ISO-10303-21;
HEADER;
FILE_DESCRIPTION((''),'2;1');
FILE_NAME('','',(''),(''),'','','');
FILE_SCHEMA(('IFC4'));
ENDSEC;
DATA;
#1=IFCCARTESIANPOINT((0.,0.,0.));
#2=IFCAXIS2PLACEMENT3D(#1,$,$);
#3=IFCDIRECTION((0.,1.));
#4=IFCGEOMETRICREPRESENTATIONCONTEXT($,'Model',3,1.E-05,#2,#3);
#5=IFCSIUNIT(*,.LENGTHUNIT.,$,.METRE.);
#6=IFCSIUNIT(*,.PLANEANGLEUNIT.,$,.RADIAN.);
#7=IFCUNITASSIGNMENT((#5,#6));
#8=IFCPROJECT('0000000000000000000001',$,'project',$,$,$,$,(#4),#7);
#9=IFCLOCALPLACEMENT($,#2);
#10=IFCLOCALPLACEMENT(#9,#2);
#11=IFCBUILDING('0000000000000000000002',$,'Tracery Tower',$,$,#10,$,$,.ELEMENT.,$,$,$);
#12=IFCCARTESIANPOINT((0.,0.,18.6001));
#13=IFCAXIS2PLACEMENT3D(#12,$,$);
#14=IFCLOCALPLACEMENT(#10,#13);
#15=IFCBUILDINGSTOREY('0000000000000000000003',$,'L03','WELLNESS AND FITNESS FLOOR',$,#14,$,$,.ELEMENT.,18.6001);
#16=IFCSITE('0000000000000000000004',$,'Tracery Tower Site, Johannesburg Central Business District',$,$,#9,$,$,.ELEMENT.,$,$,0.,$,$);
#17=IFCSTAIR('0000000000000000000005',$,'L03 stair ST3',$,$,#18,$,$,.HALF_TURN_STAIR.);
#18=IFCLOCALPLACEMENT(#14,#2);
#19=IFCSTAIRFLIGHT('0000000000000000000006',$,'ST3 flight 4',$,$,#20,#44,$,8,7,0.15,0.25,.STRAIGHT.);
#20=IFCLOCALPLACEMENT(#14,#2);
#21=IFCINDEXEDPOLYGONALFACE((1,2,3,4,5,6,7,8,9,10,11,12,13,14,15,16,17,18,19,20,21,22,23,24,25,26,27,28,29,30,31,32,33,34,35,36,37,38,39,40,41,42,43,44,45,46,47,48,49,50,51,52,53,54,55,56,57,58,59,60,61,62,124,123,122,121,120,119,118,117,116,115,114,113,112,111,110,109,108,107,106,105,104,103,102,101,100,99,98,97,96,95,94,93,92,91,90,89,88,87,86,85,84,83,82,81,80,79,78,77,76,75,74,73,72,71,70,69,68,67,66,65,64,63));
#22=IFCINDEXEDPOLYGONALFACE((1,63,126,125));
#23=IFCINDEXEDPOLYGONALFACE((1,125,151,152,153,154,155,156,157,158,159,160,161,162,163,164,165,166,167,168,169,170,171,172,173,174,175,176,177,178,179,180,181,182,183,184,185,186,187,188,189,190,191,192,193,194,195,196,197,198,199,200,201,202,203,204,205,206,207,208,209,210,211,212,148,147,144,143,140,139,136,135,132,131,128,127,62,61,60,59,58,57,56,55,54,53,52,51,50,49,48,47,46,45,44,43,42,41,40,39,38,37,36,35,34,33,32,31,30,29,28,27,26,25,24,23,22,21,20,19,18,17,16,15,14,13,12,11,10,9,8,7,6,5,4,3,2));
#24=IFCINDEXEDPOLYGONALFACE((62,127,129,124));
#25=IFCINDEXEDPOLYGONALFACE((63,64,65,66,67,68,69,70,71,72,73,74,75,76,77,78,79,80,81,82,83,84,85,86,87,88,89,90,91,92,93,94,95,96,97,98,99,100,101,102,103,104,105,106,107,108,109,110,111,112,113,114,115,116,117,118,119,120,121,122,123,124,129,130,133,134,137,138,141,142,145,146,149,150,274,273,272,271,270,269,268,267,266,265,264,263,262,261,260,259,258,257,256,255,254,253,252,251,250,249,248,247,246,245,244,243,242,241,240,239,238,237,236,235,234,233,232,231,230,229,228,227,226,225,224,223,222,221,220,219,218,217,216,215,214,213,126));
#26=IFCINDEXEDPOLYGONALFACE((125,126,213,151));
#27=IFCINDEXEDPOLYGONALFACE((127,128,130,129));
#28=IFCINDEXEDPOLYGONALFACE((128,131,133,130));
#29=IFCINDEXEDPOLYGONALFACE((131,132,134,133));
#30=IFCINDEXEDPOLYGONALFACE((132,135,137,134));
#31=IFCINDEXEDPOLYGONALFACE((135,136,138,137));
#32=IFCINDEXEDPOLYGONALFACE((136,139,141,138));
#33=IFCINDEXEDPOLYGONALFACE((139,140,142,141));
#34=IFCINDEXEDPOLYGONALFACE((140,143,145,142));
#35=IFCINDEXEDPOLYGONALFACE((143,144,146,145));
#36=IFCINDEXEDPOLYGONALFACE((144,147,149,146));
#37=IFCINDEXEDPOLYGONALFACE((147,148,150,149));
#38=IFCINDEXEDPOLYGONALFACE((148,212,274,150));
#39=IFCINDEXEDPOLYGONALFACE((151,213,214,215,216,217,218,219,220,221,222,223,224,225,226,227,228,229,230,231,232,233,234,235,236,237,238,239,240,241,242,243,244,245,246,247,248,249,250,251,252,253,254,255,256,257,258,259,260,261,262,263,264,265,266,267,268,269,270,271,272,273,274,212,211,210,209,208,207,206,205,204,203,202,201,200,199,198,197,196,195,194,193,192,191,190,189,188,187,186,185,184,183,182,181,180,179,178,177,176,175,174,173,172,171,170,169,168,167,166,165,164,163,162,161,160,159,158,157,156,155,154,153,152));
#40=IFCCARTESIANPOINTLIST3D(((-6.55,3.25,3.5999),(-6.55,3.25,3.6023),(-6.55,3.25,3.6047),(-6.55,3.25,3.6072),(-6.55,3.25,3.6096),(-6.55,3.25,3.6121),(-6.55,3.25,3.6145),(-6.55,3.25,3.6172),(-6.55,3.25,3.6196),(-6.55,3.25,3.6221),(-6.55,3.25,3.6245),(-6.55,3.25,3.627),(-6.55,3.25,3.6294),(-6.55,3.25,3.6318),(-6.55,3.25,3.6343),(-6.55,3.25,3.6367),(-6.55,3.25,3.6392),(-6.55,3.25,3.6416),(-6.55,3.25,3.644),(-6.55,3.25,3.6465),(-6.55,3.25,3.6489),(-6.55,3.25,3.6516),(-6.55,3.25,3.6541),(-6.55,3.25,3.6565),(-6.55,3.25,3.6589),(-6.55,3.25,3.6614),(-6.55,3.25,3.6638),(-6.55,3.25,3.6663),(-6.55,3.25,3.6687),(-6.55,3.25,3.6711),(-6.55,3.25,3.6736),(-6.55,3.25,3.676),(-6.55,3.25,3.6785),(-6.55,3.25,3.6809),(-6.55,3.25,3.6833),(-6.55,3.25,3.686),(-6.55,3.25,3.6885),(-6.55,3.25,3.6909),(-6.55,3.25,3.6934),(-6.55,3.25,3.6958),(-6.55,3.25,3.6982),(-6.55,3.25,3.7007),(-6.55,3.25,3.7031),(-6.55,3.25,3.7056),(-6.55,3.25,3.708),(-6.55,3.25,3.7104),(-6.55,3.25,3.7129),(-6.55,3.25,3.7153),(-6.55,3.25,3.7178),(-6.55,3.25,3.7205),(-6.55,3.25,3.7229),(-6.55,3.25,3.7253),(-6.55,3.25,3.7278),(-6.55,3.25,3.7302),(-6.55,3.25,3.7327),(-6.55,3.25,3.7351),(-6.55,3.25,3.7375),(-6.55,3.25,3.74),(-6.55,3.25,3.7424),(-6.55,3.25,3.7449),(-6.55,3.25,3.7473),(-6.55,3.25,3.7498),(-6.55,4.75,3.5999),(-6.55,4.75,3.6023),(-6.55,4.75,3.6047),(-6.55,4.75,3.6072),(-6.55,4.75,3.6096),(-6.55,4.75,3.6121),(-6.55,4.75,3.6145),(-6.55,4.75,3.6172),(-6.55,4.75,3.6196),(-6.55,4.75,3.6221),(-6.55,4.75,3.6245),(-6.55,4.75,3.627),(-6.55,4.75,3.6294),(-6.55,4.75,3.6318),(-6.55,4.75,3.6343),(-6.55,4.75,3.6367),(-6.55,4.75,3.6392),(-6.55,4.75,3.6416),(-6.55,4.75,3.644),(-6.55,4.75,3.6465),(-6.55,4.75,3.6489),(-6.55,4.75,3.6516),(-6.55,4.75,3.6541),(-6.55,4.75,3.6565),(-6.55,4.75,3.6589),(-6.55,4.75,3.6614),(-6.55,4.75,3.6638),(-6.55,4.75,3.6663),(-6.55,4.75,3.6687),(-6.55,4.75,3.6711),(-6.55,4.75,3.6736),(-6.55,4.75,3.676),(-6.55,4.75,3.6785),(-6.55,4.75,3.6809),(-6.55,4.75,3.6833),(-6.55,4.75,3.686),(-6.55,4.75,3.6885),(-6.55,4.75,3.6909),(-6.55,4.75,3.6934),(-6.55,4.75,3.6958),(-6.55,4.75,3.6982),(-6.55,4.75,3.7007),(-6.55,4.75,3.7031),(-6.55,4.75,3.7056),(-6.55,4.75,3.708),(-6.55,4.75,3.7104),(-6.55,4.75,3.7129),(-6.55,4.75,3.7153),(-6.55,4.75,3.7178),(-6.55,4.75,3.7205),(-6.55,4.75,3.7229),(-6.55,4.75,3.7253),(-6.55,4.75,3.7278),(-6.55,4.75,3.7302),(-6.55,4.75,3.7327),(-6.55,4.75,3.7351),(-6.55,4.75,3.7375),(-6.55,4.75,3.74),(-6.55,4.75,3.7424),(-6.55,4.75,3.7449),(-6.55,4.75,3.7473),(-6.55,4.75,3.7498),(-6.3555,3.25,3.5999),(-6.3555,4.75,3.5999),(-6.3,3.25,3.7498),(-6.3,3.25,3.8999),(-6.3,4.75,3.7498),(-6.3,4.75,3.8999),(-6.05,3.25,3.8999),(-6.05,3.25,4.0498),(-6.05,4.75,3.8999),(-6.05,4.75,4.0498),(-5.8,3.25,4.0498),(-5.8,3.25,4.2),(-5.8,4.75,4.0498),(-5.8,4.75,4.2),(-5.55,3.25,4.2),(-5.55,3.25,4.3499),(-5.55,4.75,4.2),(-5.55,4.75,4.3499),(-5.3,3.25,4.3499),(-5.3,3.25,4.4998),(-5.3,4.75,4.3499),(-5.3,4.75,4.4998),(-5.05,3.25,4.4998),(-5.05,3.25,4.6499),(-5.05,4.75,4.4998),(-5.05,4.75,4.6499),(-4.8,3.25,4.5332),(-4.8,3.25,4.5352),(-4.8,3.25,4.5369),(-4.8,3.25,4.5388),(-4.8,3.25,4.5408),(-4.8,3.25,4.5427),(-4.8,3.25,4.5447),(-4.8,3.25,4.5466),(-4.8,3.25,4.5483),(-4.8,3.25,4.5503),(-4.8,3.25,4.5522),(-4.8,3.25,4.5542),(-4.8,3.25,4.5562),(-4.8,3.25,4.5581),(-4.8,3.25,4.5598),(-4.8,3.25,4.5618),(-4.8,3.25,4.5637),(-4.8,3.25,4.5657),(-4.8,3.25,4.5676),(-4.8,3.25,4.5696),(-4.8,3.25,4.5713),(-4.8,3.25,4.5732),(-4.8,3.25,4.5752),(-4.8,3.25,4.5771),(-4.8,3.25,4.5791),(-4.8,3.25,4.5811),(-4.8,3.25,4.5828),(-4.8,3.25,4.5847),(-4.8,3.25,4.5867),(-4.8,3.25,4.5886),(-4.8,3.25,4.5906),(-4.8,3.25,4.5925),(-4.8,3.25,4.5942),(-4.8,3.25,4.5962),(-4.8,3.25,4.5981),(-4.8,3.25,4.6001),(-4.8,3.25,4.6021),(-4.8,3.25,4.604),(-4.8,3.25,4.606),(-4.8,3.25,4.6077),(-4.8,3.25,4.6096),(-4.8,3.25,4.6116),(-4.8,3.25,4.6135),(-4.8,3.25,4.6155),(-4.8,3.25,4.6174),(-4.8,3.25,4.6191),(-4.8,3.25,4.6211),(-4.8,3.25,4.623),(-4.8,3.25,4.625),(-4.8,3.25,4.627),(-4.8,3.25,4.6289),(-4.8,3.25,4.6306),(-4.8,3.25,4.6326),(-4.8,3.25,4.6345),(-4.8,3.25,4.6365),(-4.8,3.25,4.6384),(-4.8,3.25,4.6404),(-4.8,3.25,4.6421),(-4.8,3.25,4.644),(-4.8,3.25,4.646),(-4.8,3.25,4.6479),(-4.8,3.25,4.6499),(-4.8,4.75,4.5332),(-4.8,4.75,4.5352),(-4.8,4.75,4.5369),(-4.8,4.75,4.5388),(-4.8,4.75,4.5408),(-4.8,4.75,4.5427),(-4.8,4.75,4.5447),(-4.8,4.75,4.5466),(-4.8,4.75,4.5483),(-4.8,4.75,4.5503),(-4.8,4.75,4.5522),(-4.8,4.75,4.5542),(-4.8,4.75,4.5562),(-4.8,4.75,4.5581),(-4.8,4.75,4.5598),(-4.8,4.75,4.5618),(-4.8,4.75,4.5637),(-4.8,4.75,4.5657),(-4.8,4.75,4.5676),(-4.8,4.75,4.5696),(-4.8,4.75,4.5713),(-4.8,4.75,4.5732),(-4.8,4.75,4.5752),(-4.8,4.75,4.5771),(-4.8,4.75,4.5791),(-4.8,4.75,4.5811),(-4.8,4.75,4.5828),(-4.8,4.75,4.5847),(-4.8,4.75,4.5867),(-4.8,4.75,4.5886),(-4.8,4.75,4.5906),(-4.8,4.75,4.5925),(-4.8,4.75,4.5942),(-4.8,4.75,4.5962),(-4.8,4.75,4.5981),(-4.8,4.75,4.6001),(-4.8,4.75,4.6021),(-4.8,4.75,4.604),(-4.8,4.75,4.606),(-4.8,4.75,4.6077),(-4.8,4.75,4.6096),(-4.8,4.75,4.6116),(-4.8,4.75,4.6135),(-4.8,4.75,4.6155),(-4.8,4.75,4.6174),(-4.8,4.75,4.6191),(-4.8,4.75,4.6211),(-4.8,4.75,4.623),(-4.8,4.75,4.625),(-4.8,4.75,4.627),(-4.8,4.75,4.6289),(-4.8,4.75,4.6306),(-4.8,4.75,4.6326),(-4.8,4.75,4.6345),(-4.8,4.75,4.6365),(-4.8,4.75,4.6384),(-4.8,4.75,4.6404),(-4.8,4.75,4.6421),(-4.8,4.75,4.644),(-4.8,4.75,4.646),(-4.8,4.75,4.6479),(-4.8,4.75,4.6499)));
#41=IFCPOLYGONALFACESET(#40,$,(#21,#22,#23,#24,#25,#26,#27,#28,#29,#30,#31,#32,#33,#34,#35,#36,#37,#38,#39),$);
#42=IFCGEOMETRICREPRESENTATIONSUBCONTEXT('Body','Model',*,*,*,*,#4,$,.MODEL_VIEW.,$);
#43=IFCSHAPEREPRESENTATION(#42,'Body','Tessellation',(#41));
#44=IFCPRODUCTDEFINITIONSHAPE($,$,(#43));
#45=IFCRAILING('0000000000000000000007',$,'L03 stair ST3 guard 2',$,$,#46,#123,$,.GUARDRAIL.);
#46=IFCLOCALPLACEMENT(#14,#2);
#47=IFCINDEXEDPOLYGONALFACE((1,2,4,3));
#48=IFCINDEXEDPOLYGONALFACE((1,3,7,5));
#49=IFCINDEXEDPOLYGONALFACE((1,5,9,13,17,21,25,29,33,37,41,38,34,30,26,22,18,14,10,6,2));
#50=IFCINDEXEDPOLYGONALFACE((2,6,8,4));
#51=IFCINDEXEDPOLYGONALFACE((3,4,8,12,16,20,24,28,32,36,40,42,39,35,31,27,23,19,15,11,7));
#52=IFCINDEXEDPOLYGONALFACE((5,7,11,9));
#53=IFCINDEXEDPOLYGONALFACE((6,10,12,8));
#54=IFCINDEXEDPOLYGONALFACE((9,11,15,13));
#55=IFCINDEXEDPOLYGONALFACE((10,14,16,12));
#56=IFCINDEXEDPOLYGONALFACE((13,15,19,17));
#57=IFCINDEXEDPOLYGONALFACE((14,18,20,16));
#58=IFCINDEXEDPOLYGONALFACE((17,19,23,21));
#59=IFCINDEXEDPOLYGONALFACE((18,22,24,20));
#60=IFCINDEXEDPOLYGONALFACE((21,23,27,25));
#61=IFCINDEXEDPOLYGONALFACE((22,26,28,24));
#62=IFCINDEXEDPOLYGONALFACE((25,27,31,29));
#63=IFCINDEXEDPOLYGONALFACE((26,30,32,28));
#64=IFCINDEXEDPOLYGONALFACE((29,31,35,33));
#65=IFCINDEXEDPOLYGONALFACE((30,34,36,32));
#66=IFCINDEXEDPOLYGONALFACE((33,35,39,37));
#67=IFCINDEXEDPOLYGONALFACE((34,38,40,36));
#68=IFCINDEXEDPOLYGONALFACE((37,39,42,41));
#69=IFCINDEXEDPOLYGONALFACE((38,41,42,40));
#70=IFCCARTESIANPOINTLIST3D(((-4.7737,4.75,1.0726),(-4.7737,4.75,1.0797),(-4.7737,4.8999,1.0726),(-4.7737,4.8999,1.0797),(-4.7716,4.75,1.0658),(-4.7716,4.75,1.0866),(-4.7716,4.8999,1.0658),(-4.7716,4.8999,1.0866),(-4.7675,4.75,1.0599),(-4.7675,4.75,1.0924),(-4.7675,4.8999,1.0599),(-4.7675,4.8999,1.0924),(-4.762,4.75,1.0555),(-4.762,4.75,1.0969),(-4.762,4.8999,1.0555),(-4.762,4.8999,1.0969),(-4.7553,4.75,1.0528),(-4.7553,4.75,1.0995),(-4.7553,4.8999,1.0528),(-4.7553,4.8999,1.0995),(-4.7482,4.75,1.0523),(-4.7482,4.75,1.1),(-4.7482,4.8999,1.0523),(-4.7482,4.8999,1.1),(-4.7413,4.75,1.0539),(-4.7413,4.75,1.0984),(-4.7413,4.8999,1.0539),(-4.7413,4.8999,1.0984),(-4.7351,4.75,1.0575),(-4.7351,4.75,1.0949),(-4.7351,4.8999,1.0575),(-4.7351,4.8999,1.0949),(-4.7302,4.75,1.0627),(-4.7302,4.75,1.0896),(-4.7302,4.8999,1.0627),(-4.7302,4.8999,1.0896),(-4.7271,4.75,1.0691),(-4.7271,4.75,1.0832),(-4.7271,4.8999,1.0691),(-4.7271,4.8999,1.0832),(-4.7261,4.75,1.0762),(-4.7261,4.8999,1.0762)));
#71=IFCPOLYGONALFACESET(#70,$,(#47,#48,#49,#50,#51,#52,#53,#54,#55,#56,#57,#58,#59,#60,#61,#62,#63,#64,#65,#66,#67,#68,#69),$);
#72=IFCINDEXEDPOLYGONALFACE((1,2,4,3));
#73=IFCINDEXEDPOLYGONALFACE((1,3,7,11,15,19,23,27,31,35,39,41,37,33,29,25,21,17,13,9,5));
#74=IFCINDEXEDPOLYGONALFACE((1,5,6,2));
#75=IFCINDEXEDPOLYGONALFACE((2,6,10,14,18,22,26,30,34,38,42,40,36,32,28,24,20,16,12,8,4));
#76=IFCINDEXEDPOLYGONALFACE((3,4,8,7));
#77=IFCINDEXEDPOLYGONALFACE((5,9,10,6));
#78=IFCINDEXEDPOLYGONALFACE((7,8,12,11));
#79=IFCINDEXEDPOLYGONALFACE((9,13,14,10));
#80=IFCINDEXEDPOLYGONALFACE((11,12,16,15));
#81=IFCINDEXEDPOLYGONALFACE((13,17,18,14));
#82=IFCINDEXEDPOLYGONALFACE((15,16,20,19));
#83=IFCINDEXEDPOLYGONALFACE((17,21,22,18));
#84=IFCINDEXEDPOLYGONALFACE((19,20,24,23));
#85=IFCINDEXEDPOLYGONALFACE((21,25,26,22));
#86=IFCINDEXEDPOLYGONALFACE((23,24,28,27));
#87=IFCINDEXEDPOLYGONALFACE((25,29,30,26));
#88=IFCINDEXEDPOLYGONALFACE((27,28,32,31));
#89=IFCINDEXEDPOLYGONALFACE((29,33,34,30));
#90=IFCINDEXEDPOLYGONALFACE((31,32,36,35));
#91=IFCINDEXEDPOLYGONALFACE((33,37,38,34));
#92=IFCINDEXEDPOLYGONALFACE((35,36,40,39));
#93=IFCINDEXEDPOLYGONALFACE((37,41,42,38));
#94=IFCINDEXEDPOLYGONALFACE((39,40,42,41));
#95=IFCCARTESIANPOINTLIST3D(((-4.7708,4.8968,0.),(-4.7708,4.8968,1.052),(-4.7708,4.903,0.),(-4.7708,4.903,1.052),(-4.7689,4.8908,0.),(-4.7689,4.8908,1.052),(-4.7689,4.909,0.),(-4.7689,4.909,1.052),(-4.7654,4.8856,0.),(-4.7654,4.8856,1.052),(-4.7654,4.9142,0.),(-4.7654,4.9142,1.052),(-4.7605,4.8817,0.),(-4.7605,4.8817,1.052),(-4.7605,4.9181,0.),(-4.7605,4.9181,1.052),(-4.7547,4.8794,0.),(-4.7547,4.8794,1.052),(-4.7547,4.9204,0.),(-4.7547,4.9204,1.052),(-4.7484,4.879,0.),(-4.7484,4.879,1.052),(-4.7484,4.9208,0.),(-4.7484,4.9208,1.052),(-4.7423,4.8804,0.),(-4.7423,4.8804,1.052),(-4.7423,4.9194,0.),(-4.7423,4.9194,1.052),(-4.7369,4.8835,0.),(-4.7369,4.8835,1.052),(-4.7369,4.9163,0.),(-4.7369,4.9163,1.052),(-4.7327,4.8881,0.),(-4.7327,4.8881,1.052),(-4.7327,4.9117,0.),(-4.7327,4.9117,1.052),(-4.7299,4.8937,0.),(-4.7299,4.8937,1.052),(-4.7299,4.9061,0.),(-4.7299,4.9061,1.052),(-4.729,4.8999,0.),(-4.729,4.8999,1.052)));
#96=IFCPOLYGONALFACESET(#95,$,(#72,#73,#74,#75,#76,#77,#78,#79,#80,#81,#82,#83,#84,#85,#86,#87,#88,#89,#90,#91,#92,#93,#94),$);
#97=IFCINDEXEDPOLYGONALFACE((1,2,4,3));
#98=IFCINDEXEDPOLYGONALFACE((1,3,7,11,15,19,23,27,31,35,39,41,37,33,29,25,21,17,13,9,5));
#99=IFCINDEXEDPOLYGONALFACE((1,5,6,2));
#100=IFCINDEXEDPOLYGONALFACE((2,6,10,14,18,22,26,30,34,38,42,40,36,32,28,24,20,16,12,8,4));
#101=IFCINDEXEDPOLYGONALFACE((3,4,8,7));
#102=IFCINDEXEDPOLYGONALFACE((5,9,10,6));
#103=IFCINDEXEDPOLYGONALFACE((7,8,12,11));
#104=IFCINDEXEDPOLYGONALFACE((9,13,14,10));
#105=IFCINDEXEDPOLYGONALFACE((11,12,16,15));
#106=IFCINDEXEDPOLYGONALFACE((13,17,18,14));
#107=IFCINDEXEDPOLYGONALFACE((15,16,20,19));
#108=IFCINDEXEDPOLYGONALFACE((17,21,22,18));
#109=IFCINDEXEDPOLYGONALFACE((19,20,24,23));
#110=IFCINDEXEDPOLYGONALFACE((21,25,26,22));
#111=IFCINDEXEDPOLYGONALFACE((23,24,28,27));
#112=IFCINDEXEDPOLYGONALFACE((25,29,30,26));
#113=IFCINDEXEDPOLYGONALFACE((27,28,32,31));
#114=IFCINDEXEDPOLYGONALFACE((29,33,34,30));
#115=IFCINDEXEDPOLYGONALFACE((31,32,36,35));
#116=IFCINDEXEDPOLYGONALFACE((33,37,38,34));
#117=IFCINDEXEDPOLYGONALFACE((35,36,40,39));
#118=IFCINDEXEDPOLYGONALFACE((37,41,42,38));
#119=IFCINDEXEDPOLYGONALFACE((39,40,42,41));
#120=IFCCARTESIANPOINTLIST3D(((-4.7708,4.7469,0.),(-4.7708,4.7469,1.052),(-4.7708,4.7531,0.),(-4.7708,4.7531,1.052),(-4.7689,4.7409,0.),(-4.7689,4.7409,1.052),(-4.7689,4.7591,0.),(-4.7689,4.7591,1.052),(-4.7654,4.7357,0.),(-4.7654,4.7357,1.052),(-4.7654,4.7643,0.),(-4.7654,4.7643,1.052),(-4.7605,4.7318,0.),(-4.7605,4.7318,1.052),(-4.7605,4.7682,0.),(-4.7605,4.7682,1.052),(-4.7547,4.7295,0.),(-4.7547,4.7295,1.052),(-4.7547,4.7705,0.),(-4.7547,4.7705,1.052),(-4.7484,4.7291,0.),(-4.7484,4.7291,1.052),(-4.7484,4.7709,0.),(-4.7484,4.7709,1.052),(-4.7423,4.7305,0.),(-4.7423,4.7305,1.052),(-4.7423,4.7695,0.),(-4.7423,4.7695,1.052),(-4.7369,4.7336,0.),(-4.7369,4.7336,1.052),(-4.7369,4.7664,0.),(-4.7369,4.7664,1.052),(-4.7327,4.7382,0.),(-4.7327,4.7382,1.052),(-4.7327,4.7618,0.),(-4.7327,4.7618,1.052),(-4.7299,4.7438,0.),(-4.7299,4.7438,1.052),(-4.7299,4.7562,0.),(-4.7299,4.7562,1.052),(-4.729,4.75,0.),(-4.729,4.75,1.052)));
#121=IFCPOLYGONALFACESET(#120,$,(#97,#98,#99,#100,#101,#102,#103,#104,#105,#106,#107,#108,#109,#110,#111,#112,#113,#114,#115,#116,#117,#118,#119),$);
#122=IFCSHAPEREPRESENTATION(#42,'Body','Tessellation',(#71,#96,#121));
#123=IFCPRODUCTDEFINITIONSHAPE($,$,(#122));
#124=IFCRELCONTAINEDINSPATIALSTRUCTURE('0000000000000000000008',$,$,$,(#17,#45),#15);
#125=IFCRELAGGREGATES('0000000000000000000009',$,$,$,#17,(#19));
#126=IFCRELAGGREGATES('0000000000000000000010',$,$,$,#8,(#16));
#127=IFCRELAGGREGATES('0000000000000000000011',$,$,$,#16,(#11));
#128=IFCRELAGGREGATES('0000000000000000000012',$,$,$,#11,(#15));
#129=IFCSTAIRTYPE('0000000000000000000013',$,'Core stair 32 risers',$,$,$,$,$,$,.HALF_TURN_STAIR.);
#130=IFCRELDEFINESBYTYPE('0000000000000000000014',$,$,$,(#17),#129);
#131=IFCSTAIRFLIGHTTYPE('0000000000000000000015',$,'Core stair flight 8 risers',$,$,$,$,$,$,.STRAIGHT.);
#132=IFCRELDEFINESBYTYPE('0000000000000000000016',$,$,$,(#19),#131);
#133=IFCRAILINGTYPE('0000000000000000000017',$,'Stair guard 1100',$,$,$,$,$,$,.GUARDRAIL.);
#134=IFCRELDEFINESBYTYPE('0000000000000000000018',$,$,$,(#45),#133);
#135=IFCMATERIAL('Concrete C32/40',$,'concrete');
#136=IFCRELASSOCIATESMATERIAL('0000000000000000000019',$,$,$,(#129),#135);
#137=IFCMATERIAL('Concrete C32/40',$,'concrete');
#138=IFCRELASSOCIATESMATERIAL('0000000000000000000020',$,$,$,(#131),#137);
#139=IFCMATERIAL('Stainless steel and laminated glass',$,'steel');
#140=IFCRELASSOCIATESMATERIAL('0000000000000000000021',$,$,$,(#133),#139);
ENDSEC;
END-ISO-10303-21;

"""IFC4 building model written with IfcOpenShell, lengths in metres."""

from ifc_helpers import new_model, si_unit, direction, frame, origin, origin_2d, place, context, subcontext, project, spatial, polyline, circle, outline, extrude, material, type_object, element, aggregate, save


model = new_model("IFC4")

# Units and contexts
model_context = context("Model", 3, precision=1e-05, world=origin(), true_north=direction((0.0, 1.0)))
body_context = subcontext(model_context, "Body", "Model", "MODEL_VIEW")
ifc_project = project(units=[si_unit("LENGTHUNIT", "METRE"), si_unit("PLANEANGLEUNIT", "RADIAN")], contexts=[model_context])

# Site, building, storey
site_placement = place(None, origin())
site = spatial("IfcSite", under=ifc_project, at=site_placement, Name="Tracery Tower Site, Johannesburg Central Business District", CompositionType="ELEMENT", RefElevation=0.0)
building_placement = place(site_placement, origin())
building = spatial("IfcBuilding", under=site, at=building_placement, Name="Tracery Tower", CompositionType="ELEMENT")
storey_placement = place(building_placement, frame((0.0, 0.0, 18.6001)))
storey = spatial("IfcBuildingStorey", under=building, at=storey_placement, Name="L03", Description="WELLNESS AND FITNESS FLOOR", CompositionType="ELEMENT", Elevation=18.6001)

# Stair, stair flight
ifc_material_1 = material(Name="Concrete C32/40", Category="concrete")
stair_type = type_object("IfcStairType", Name="Core stair 32 risers", PredefinedType="HALF_TURN_STAIR", material=ifc_material_1)
stair_placement = place(storey_placement, origin())
stair = element("IfcStair", 1, at=stair_placement, inside=storey, type_object=stair_type, Name="L03 stair ST3", PredefinedType="HALF_TURN_STAIR")
ifc_material_2 = material(Name="Concrete C32/40", Category="concrete")
stair_flight_type = type_object("IfcStairFlightType", Name="Core stair flight 8 risers", PredefinedType="STRAIGHT", material=ifc_material_2)
stair_flight_1_placement = place(storey_placement, frame((-6.55, 4.0, 3.5999), z_axis=(0.0, 0.0, 1.0), x_axis=(1.0, 0.0, 0.0)))
stair_flight_1 = element("IfcStairFlight", 2, at=stair_flight_1_placement, type_object=stair_flight_type, Name="ST3 flight 4", NumberOfRisers=8, NumberOfTreads=7, PredefinedType="STRAIGHT", RiserHeight=0.15, TreadLength=0.25, context=body_context, shape_type="SweptSolid", body=[
    extrude(outline(polyline([(0.0, 0.0), (0.0, 0.0024), (0.0, 0.0049), (0.0, 0.0073), (0.0, 0.0098), (0.0, 0.0122), (0.0, 0.0146), (0.0, 0.0173), (0.0, 0.0198), (0.0, 0.0222), (0.0, 0.0247), (0.0, 0.0271), (0.0, 0.0295), (0.0, 0.032), (0.0, 0.0344), (0.0, 0.0369), (0.0, 0.0393), (0.0, 0.0417), (0.0, 0.0442), (0.0, 0.0466), (0.0, 0.0491), (0.0, 0.0518), (0.0, 0.0542), (0.0, 0.0566), (0.0, 0.0591), (0.0, 0.0615), (0.0, 0.064), (0.0, 0.0664), (0.0, 0.0688), (0.0, 0.0713), (0.0, 0.0737), (0.0, 0.0762), (0.0, 0.0786), (0.0, 0.0811), (0.0, 0.0835), (0.0, 0.0862), (0.0, 0.0886), (0.0, 0.0911), (0.0, 0.0935), (0.0, 0.0959), (0.0, 0.0984), (0.0, 0.1008), (0.0, 0.1033), (0.0, 0.1057), (0.0, 0.1082), (0.0, 0.1106), (0.0, 0.113), (0.0, 0.1155), (0.0, 0.1179), (0.0, 0.1206), (0.0, 0.123), (0.0, 0.1255), (0.0, 0.1279), (0.0, 0.1304), (0.0, 0.1328), (0.0, 0.1353), (0.0, 0.1377), (0.0, 0.1401), (0.0, 0.1426), (0.0, 0.145), (0.0, 0.1475), (0.0, 0.1499), (0.25, 0.1499), (0.25, 0.3), (0.5, 0.3), (0.5, 0.45), (0.75, 0.45), (0.75, 0.6001), (1.0, 0.6001), (1.0, 0.75), (1.25, 0.75), (1.25, 0.8999), (1.5, 0.8999), (1.5, 1.05), (1.75, 1.05), (1.75, 1.0481), (1.75, 1.0461), (1.75, 1.0442), (1.75, 1.0422), (1.75, 1.0405), (1.75, 1.0386), (1.75, 1.0366), (1.75, 1.0347), (1.75, 1.0327), (1.75, 1.0308), (1.75, 1.0291), (1.75, 1.0271), (1.75, 1.0251), (1.75, 1.0232), (1.75, 1.0212), (1.75, 1.0193), (1.75, 1.0176), (1.75, 1.0156), (1.75, 1.0137), (1.75, 1.0117), (1.75, 1.0098), (1.75, 1.0078), (1.75, 1.0061), (1.75, 1.0042), (1.75, 1.0022), (1.75, 1.0002), (1.75, 0.9983), (1.75, 0.9963), (1.75, 0.9944), (1.75, 0.9927), (1.75, 0.9907), (1.75, 0.9888), (1.75, 0.9868), (1.75, 0.9849), (1.75, 0.9829), (1.75, 0.9812), (1.75, 0.9792), (1.75, 0.9773), (1.75, 0.9753), (1.75, 0.9734), (1.75, 0.9714), (1.75, 0.9697), (1.75, 0.9678), (1.75, 0.9658), (1.75, 0.9639), (1.75, 0.9619), (1.75, 0.96), (1.75, 0.9583), (1.75, 0.9563), (1.75, 0.9543), (1.75, 0.9524), (1.75, 0.9504), (1.75, 0.9485), (1.75, 0.9468), (1.75, 0.9448), (1.75, 0.9429), (1.75, 0.9409), (1.75, 0.939), (1.75, 0.937), (1.75, 0.9353), (1.75, 0.9333), (0.1946, 0.0), (0.0, 0.0)])), frame((0.0, 0.75, 0.0), z_axis=(0.0, -1.0, 0.0), x_axis=(1.0, 0.0, 0.0)), (0.0, 0.0, 1.0), 1.5),
])
aggregate(stair, [stair_flight_1])

# Railing
ifc_material_3 = material(Name="Stainless steel and laminated glass", Category="steel")
railing_type_1 = type_object("IfcRailingType", Name="Stair guard 1100", PredefinedType="GUARDRAIL", material=ifc_material_3)
railing_1_placement = place(storey_placement, frame((-4.75, 4.8999, 0.0)))
element("IfcRailing", 3, at=railing_1_placement, inside=storey, type_object=railing_type_1, Name="L03 stair ST3 guard 2", PredefinedType="GUARDRAIL", context=body_context, shape_type="SweptSolid", body=[
    extrude(circle(Radius=0.0239, at=origin_2d()), frame((0.0, 0.0, 1.0762), z_axis=(0.0, -1.0, 0.0), x_axis=(1.0, 0.0, 0.0)), (0.0, 0.0, 1.0), 0.1499),
    extrude(circle(Radius=0.021, at=origin_2d()), origin(), (0.0, 0.0, 1.0), 1.052),
    extrude(circle(Radius=0.021, at=origin_2d()), frame((0.0, -0.1499, 0.0)), (0.0, 0.0, 1.0), 1.052),
])

save(model, "model.ifc")
